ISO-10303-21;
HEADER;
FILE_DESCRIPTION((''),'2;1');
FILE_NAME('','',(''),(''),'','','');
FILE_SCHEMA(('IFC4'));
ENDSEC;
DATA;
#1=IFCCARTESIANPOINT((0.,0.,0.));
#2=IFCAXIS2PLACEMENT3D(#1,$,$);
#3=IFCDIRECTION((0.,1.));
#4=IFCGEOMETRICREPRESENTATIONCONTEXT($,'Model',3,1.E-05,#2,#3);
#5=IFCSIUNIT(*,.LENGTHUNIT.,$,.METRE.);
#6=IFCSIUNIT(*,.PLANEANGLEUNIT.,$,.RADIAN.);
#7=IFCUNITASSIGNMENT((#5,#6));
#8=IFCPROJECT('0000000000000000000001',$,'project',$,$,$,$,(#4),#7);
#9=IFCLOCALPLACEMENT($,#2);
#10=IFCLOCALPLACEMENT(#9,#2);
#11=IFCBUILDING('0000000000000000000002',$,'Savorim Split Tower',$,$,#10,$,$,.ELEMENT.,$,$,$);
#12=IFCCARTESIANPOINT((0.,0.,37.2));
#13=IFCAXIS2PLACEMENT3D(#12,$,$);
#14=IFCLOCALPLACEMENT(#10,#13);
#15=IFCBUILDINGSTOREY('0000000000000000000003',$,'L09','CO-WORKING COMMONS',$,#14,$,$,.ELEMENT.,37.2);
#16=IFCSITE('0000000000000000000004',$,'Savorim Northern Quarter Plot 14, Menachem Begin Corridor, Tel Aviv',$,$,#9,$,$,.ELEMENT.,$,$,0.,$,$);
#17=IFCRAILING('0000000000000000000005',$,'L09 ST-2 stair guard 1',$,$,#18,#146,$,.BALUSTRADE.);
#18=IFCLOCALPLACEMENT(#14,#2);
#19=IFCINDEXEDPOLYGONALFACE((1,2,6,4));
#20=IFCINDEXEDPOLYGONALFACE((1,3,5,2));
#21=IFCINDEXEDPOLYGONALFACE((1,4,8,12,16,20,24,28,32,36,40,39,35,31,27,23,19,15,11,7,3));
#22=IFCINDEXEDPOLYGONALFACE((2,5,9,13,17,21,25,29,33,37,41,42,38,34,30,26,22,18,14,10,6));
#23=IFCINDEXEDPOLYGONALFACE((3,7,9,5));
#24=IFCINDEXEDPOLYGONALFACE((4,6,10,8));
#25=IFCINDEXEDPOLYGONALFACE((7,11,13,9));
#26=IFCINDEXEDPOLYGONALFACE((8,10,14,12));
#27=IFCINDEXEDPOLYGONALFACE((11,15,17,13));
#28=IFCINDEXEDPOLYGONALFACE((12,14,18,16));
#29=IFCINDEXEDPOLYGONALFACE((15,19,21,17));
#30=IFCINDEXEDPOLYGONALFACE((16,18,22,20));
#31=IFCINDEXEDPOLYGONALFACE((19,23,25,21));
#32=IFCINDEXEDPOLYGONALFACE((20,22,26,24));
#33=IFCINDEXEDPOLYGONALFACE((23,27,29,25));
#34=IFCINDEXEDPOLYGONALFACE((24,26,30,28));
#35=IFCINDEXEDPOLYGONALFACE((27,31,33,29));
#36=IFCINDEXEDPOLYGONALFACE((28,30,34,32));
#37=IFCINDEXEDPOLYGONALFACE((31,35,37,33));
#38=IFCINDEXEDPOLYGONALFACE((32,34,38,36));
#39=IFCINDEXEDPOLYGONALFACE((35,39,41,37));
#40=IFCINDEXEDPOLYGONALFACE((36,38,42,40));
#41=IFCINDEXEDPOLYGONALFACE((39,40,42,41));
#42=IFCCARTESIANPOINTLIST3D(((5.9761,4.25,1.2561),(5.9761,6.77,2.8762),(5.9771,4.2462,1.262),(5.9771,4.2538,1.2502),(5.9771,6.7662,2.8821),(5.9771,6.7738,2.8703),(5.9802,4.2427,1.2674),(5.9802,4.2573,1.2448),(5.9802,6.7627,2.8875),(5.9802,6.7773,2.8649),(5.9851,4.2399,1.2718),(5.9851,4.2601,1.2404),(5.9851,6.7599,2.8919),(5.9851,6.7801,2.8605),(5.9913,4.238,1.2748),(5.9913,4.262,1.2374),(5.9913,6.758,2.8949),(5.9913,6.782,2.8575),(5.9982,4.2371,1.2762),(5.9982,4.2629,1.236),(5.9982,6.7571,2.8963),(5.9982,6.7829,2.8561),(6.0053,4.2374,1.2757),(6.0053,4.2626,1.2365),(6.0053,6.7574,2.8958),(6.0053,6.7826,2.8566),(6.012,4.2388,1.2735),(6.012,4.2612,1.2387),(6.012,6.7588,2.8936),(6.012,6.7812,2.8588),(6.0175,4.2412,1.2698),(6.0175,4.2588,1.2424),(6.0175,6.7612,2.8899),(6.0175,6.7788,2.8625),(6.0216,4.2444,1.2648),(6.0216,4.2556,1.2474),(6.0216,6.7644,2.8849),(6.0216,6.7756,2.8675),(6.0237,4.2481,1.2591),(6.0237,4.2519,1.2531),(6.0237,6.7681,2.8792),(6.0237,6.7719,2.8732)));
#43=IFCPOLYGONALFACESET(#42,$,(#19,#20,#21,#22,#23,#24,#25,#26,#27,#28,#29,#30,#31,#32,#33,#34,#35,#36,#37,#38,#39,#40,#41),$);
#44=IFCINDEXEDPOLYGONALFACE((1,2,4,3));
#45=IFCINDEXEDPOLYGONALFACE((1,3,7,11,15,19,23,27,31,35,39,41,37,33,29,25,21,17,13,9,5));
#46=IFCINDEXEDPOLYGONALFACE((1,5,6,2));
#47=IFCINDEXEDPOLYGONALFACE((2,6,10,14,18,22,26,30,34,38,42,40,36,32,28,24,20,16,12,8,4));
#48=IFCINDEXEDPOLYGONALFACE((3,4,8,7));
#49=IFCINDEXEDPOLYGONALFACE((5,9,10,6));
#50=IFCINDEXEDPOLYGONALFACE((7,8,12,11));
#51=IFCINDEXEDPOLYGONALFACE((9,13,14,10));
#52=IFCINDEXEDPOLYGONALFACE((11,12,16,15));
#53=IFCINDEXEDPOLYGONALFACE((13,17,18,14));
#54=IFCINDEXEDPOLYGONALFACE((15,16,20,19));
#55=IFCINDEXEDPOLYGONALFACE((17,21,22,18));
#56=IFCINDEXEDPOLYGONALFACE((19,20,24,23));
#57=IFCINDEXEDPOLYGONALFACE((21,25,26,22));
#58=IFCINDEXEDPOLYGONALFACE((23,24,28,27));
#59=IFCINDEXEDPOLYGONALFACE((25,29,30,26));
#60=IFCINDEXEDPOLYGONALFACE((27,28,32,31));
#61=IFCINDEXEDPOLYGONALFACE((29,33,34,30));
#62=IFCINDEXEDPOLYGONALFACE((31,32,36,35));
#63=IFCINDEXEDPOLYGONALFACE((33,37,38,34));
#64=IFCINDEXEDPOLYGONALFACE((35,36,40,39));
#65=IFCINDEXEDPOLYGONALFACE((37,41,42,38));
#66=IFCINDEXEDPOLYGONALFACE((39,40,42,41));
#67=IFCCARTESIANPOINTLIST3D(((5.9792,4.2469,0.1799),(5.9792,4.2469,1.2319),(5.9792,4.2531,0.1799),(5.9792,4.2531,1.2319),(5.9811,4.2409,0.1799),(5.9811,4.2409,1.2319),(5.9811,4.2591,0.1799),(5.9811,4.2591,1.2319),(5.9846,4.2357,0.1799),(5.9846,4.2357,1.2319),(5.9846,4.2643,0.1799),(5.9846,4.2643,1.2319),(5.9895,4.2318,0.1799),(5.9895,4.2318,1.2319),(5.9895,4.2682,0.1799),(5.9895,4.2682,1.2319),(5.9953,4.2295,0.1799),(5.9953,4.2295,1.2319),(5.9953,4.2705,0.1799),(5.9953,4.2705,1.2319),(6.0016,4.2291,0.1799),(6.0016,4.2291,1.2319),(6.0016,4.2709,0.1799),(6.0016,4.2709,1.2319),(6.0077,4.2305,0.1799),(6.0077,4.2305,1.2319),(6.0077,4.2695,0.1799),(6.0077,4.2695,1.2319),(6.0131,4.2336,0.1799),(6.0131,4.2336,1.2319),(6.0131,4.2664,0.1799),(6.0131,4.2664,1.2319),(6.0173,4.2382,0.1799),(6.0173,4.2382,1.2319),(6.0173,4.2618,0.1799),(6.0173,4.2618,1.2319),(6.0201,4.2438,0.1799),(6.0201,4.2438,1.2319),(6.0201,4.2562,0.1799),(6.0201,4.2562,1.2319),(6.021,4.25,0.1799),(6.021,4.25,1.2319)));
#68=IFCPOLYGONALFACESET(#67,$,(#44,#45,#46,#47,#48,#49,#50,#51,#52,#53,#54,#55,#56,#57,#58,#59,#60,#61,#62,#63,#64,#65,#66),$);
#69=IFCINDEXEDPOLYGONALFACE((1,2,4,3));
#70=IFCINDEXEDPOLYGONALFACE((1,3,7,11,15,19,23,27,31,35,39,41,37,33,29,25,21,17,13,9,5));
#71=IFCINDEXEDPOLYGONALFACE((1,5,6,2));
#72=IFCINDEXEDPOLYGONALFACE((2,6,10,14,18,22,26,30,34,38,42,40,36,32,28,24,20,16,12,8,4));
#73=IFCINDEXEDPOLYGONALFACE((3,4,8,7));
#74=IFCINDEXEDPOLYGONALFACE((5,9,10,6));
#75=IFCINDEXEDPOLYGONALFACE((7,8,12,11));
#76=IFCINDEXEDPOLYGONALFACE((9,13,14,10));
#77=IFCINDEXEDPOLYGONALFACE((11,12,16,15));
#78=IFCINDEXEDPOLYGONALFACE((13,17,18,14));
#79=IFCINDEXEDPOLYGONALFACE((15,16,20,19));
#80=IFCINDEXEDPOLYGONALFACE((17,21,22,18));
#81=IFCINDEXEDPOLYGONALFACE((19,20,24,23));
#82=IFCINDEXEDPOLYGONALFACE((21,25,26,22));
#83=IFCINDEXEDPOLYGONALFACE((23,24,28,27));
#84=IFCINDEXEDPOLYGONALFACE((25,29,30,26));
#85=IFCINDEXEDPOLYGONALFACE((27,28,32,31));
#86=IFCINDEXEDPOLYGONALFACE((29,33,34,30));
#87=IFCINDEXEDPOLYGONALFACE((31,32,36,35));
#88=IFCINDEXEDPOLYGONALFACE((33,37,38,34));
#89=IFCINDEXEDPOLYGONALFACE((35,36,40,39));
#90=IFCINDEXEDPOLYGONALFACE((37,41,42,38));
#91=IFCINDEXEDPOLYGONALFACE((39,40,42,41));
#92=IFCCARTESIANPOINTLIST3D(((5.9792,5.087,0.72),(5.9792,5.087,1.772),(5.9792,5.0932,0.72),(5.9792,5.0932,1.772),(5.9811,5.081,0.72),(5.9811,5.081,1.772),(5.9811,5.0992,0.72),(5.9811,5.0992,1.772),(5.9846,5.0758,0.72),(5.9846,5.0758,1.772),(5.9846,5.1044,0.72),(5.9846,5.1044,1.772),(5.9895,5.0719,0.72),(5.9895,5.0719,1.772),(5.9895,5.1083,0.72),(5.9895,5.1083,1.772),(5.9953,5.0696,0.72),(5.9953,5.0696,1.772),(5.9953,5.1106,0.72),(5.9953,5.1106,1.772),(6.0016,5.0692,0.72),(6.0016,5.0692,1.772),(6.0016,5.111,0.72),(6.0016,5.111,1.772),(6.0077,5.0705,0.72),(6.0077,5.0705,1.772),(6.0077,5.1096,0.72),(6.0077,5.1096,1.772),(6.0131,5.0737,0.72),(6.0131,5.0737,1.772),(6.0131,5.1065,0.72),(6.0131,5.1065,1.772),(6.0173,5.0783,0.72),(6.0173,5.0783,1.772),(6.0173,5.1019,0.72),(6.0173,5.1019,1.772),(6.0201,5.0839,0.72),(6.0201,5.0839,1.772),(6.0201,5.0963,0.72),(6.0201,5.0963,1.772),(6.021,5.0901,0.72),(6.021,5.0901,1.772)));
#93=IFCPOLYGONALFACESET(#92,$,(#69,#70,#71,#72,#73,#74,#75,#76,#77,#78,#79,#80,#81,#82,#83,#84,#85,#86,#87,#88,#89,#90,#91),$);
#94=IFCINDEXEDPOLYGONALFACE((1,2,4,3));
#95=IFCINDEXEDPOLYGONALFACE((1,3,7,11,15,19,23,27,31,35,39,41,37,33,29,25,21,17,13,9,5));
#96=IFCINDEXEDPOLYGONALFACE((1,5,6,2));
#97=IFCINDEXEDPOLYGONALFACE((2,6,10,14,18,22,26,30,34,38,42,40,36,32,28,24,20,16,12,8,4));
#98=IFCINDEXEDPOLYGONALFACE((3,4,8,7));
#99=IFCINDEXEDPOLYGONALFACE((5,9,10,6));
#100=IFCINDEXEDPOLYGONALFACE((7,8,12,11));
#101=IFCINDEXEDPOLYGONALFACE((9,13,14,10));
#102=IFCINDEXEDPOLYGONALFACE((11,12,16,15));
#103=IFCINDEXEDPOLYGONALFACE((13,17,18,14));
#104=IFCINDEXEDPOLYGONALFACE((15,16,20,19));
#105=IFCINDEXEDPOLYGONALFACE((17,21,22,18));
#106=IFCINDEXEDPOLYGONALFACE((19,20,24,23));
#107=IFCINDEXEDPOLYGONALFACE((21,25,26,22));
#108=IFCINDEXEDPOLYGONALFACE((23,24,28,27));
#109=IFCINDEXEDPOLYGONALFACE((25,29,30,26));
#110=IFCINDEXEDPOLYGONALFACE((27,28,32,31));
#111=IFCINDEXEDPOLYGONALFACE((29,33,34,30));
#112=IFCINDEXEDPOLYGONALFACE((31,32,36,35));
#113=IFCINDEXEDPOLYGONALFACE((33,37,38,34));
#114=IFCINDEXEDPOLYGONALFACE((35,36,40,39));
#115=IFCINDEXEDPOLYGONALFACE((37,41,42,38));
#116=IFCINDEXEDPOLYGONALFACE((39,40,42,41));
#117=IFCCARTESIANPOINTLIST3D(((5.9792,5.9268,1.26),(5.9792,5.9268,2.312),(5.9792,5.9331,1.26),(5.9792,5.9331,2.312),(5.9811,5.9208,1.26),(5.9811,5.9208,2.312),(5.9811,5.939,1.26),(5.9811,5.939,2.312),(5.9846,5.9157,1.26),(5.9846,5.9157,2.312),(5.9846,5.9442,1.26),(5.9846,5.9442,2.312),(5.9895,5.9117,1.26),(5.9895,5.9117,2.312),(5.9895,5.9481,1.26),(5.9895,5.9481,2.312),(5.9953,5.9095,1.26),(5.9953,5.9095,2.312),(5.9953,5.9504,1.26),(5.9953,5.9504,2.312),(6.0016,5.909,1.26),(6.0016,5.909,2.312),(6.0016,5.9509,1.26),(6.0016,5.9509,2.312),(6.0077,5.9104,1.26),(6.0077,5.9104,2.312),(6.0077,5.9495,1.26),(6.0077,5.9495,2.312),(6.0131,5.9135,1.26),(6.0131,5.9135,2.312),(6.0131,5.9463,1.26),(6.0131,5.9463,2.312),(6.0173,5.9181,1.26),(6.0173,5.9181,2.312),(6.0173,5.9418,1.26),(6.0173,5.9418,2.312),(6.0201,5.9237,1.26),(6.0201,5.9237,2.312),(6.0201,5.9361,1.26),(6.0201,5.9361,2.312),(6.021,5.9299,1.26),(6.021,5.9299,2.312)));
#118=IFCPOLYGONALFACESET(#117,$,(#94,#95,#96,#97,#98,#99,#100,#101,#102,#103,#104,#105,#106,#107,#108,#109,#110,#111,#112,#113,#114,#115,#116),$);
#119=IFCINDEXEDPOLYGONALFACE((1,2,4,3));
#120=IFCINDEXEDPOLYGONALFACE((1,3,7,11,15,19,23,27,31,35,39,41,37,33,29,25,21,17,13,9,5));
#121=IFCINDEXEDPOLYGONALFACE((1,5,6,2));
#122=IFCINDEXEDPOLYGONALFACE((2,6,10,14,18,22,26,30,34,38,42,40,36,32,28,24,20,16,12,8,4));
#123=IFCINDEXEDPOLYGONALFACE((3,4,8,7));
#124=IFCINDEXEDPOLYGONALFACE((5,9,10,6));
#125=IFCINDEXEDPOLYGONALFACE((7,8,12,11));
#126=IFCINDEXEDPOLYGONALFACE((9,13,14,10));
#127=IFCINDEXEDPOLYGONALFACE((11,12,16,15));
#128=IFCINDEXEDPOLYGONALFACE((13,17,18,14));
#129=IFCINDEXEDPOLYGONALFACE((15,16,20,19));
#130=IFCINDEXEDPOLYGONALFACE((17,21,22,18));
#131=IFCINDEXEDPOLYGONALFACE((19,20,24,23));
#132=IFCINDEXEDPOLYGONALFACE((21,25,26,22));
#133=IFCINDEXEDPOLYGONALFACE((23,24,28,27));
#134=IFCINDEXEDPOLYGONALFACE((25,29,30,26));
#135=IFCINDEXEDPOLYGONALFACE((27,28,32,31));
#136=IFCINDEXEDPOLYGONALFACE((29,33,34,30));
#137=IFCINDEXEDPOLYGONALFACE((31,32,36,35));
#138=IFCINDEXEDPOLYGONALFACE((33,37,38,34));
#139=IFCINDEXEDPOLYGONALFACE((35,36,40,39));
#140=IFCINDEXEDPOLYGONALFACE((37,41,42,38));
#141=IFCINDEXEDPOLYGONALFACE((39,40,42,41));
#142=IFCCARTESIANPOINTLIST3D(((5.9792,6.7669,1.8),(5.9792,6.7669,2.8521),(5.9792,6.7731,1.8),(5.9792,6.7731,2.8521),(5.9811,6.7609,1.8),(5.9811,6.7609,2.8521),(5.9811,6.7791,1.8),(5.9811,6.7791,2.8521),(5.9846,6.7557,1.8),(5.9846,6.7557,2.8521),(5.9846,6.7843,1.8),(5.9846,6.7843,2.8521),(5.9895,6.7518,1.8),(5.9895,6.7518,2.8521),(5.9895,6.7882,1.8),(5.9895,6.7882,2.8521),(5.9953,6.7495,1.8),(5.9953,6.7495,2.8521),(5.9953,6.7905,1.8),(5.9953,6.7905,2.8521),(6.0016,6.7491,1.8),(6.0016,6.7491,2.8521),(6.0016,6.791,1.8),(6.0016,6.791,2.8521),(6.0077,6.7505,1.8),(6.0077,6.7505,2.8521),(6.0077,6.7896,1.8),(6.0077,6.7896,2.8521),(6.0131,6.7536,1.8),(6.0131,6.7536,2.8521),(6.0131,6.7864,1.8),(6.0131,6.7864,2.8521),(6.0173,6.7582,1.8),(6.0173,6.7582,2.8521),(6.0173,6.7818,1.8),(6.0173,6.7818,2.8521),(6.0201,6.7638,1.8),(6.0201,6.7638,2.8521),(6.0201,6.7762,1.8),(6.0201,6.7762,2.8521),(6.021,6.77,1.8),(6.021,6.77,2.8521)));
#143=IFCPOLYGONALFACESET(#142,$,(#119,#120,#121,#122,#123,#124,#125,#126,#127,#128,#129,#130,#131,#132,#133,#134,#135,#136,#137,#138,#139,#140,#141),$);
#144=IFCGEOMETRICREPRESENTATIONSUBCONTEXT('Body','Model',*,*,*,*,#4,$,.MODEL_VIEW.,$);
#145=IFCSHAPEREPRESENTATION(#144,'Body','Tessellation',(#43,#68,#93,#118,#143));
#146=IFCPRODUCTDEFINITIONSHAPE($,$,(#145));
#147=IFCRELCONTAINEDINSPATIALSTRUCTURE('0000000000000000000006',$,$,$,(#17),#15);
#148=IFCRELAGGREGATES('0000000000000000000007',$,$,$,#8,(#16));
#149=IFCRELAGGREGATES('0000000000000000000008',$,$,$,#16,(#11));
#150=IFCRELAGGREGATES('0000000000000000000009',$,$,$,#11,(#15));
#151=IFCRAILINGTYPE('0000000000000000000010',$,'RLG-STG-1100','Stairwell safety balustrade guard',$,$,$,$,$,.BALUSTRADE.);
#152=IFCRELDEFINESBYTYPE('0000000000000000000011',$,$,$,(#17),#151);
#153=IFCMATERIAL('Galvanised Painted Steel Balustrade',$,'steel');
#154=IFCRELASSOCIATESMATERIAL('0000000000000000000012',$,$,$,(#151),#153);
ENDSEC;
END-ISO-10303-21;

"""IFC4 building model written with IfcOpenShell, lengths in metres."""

from ifc_helpers import new_model, si_unit, direction, frame, origin, origin_2d, place, context, subcontext, project, spatial, circle, extrude, material, type_object, element, save


model = new_model("IFC4")

# Units and contexts
model_context = context("Model", 3, precision=1e-05, world=origin(), true_north=direction((0.0, 1.0)))
body_context = subcontext(model_context, "Body", "Model", "MODEL_VIEW")
ifc_project = project(units=[si_unit("LENGTHUNIT", "METRE"), si_unit("PLANEANGLEUNIT", "RADIAN")], contexts=[model_context])

# Site, building, storey
site_placement = place(None, origin())
site = spatial("IfcSite", under=ifc_project, at=site_placement, Name="Savorim Northern Quarter Plot 14, Menachem Begin Corridor, Tel Aviv", CompositionType="ELEMENT", RefElevation=0.0)
building_placement = place(site_placement, origin())
building = spatial("IfcBuilding", under=site, at=building_placement, Name="Savorim Split Tower", CompositionType="ELEMENT")
storey_placement = place(building_placement, frame((0.0, 0.0, 37.2)))
storey = spatial("IfcBuildingStorey", under=building, at=storey_placement, Name="L09", Description="CO-WORKING COMMONS", CompositionType="ELEMENT", Elevation=37.2)

# Railing
ifc_material_1 = material(Name="Galvanised Painted Steel Balustrade", Category="steel")
railing_type_1 = type_object("IfcRailingType", Name="RLG-STG-1100", Description="Stairwell safety balustrade guard", PredefinedType="BALUSTRADE", material=ifc_material_1)
railing_1_placement = place(storey_placement, frame((6.0, 4.25, 0.1799)))
element("IfcRailing", 1, at=railing_1_placement, inside=storey, type_object=railing_type_1, Name="L09 ST-2 stair guard 1", PredefinedType="BALUSTRADE", context=body_context, shape_type="SweptSolid", body=[
    extrude(circle(Radius=0.0239, at=origin_2d()), frame((0.0, 0.0, 1.0762), z_axis=(0.0, 0.841163, 0.540782), x_axis=(-1.0, 0.0, 0.0)), (0.0, 0.0, 1.0), 2.9958),
    extrude(circle(Radius=0.021, at=origin_2d()), origin(), (0.0, 0.0, 1.0), 1.052),
    extrude(circle(Radius=0.021, at=origin_2d()), frame((0.0, 0.8401, 0.54)), (0.0, 0.0, 1.0), 1.052),
    extrude(circle(Radius=0.021, at=origin_2d()), frame((0.0, 1.6799, 1.0801)), (0.0, 0.0, 1.0), 1.052),
    extrude(circle(Radius=0.021, at=origin_2d()), frame((0.0, 2.52, 1.6201)), (0.0, 0.0, 1.0), 1.052),
])

save(model, "model.ifc")
